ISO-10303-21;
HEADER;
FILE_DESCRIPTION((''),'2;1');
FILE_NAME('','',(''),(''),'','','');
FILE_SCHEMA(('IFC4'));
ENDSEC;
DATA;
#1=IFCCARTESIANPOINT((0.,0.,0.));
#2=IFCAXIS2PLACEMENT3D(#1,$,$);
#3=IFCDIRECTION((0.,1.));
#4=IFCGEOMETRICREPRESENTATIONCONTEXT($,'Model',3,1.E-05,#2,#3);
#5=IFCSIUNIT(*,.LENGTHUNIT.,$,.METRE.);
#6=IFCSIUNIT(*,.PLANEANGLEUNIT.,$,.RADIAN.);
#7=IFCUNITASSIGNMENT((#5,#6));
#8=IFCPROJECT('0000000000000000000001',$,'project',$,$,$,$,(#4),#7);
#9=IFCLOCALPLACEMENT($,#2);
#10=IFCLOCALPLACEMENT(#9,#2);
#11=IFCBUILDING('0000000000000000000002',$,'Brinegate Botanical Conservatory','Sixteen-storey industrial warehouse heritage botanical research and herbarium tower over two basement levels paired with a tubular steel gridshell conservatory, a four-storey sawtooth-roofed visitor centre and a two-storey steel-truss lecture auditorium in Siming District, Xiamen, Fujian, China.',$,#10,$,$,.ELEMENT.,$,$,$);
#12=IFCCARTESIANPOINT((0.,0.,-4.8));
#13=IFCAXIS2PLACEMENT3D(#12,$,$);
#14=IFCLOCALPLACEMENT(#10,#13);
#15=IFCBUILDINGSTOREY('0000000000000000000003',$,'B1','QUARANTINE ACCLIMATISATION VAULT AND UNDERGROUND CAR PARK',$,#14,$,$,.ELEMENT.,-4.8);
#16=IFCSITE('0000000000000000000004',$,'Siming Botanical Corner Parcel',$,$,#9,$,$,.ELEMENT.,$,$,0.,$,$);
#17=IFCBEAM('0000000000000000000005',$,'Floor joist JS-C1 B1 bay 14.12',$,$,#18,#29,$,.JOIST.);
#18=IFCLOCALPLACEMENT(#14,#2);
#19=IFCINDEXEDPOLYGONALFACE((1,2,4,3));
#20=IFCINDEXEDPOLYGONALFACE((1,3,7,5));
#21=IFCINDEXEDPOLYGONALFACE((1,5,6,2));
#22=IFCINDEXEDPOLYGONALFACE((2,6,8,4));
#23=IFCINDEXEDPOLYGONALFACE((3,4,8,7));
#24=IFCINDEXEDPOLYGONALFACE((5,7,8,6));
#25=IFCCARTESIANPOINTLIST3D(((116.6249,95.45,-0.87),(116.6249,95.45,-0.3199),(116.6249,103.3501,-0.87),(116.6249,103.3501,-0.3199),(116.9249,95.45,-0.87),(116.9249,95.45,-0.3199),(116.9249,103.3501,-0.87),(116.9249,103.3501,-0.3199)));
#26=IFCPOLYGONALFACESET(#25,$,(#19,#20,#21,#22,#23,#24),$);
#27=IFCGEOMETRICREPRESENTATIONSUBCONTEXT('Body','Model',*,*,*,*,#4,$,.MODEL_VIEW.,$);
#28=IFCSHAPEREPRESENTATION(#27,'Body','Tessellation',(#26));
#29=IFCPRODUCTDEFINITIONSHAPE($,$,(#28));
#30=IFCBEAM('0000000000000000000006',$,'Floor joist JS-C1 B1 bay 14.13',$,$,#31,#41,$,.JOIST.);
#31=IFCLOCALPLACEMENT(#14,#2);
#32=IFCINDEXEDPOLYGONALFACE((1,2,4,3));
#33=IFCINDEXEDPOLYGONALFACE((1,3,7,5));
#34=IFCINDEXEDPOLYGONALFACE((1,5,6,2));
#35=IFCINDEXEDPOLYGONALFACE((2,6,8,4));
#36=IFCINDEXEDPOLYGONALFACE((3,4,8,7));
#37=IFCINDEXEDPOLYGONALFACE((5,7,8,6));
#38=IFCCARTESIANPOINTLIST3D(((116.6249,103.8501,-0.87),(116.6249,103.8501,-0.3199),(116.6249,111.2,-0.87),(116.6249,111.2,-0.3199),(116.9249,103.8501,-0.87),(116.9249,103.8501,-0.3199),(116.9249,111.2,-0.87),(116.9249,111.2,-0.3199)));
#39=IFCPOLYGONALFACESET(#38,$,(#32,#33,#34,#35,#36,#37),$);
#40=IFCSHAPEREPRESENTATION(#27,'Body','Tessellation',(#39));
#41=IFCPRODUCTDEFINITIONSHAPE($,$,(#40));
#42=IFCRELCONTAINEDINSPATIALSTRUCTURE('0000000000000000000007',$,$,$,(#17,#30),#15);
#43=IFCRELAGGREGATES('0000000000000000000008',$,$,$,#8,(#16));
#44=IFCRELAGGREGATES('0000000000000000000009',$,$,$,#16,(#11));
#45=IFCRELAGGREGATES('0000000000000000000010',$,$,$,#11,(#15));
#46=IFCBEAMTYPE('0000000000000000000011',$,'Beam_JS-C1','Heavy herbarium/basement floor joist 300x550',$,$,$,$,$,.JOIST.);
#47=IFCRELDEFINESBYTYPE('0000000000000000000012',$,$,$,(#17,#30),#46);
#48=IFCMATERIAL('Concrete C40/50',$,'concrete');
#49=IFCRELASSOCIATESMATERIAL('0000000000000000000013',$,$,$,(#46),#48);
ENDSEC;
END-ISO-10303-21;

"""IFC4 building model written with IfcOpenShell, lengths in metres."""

from ifc_helpers import new_model, si_unit, direction, frame, origin, origin_2d, place, context, subcontext, project, spatial, rectangle, extrude, material, material_profile, profile_set, type_object, element, save


model = new_model("IFC4")

# Units and contexts
model_context = context("Model", 3, precision=1e-05, world=origin(), true_north=direction((0.0, 1.0)))
body_context = subcontext(model_context, "Body", "Model", "MODEL_VIEW")
ifc_project = project(units=[si_unit("LENGTHUNIT", "METRE"), si_unit("PLANEANGLEUNIT", "RADIAN")], contexts=[model_context])

# Site, building, storey
site_placement = place(None, origin())
site = spatial("IfcSite", under=ifc_project, at=site_placement, Name="Siming Botanical Corner Parcel", CompositionType="ELEMENT", RefElevation=0.0)
building_placement = place(site_placement, origin())
building = spatial("IfcBuilding", under=site, at=building_placement, Name="Brinegate Botanical Conservatory", Description="Sixteen-storey industrial warehouse heritage botanical research and herbarium tower over two basement levels paired with a tubular steel gridshell conservatory, a four-storey sawtooth-roofed visitor centre and a two-storey steel-truss lecture auditorium in Siming District, Xiamen, Fujian, China.", CompositionType="ELEMENT")
storey_placement = place(building_placement, frame((0.0, 0.0, -4.8)))
storey = spatial("IfcBuildingStorey", under=building, at=storey_placement, Name="B1", Description="QUARANTINE ACCLIMATISATION VAULT AND UNDERGROUND CAR PARK", CompositionType="ELEMENT", Elevation=-4.8)

# Shared definitions
ifc_material_1 = material(Name="Concrete C40/50", Category="concrete")

# Beams
ifc_material_profile_1 = material_profile(ifc_material_1, rectangle(XDim=0.3, YDim=0.55, at=origin_2d()), Name="RC JST 300x550")
ifc_profile_set_1 = profile_set([ifc_material_profile_1], Name="Concrete C40/50")
beam_type_1 = type_object("IfcBeamType", Name="Beam_JS-C1", Description="Heavy herbarium/basement floor joist 300x550", PredefinedType="JOIST", material=ifc_profile_set_1)
beam_1_placement = place(storey_placement, frame((116.7749, 95.45, -0.595), z_axis=(0.0, 1.0, 0.0), x_axis=(-1.0, 0.0, 0.0)))
element("IfcBeam", 1, at=beam_1_placement, inside=storey, type_object=beam_type_1, Name="Floor joist JS-C1 B1 bay 14.12", PredefinedType="JOIST", context=body_context, shape_type="SweptSolid", body=[
    extrude(rectangle(XDim=0.3, YDim=0.55, at=origin_2d()), origin(), (0.0, 0.0, 1.0), 7.9001),
])
beam_2_placement = place(storey_placement, frame((116.7749, 103.8501, -0.595), z_axis=(0.0, 1.0, 0.0), x_axis=(-1.0, 0.0, 0.0)))
element("IfcBeam", 2, at=beam_2_placement, inside=storey, type_object=beam_type_1, Name="Floor joist JS-C1 B1 bay 14.13", PredefinedType="JOIST", context=body_context, shape_type="SweptSolid", body=[
    extrude(rectangle(XDim=0.3, YDim=0.55, at=origin_2d()), origin(), (0.0, 0.0, 1.0), 7.3499),
])

save(model, "model.ifc")
